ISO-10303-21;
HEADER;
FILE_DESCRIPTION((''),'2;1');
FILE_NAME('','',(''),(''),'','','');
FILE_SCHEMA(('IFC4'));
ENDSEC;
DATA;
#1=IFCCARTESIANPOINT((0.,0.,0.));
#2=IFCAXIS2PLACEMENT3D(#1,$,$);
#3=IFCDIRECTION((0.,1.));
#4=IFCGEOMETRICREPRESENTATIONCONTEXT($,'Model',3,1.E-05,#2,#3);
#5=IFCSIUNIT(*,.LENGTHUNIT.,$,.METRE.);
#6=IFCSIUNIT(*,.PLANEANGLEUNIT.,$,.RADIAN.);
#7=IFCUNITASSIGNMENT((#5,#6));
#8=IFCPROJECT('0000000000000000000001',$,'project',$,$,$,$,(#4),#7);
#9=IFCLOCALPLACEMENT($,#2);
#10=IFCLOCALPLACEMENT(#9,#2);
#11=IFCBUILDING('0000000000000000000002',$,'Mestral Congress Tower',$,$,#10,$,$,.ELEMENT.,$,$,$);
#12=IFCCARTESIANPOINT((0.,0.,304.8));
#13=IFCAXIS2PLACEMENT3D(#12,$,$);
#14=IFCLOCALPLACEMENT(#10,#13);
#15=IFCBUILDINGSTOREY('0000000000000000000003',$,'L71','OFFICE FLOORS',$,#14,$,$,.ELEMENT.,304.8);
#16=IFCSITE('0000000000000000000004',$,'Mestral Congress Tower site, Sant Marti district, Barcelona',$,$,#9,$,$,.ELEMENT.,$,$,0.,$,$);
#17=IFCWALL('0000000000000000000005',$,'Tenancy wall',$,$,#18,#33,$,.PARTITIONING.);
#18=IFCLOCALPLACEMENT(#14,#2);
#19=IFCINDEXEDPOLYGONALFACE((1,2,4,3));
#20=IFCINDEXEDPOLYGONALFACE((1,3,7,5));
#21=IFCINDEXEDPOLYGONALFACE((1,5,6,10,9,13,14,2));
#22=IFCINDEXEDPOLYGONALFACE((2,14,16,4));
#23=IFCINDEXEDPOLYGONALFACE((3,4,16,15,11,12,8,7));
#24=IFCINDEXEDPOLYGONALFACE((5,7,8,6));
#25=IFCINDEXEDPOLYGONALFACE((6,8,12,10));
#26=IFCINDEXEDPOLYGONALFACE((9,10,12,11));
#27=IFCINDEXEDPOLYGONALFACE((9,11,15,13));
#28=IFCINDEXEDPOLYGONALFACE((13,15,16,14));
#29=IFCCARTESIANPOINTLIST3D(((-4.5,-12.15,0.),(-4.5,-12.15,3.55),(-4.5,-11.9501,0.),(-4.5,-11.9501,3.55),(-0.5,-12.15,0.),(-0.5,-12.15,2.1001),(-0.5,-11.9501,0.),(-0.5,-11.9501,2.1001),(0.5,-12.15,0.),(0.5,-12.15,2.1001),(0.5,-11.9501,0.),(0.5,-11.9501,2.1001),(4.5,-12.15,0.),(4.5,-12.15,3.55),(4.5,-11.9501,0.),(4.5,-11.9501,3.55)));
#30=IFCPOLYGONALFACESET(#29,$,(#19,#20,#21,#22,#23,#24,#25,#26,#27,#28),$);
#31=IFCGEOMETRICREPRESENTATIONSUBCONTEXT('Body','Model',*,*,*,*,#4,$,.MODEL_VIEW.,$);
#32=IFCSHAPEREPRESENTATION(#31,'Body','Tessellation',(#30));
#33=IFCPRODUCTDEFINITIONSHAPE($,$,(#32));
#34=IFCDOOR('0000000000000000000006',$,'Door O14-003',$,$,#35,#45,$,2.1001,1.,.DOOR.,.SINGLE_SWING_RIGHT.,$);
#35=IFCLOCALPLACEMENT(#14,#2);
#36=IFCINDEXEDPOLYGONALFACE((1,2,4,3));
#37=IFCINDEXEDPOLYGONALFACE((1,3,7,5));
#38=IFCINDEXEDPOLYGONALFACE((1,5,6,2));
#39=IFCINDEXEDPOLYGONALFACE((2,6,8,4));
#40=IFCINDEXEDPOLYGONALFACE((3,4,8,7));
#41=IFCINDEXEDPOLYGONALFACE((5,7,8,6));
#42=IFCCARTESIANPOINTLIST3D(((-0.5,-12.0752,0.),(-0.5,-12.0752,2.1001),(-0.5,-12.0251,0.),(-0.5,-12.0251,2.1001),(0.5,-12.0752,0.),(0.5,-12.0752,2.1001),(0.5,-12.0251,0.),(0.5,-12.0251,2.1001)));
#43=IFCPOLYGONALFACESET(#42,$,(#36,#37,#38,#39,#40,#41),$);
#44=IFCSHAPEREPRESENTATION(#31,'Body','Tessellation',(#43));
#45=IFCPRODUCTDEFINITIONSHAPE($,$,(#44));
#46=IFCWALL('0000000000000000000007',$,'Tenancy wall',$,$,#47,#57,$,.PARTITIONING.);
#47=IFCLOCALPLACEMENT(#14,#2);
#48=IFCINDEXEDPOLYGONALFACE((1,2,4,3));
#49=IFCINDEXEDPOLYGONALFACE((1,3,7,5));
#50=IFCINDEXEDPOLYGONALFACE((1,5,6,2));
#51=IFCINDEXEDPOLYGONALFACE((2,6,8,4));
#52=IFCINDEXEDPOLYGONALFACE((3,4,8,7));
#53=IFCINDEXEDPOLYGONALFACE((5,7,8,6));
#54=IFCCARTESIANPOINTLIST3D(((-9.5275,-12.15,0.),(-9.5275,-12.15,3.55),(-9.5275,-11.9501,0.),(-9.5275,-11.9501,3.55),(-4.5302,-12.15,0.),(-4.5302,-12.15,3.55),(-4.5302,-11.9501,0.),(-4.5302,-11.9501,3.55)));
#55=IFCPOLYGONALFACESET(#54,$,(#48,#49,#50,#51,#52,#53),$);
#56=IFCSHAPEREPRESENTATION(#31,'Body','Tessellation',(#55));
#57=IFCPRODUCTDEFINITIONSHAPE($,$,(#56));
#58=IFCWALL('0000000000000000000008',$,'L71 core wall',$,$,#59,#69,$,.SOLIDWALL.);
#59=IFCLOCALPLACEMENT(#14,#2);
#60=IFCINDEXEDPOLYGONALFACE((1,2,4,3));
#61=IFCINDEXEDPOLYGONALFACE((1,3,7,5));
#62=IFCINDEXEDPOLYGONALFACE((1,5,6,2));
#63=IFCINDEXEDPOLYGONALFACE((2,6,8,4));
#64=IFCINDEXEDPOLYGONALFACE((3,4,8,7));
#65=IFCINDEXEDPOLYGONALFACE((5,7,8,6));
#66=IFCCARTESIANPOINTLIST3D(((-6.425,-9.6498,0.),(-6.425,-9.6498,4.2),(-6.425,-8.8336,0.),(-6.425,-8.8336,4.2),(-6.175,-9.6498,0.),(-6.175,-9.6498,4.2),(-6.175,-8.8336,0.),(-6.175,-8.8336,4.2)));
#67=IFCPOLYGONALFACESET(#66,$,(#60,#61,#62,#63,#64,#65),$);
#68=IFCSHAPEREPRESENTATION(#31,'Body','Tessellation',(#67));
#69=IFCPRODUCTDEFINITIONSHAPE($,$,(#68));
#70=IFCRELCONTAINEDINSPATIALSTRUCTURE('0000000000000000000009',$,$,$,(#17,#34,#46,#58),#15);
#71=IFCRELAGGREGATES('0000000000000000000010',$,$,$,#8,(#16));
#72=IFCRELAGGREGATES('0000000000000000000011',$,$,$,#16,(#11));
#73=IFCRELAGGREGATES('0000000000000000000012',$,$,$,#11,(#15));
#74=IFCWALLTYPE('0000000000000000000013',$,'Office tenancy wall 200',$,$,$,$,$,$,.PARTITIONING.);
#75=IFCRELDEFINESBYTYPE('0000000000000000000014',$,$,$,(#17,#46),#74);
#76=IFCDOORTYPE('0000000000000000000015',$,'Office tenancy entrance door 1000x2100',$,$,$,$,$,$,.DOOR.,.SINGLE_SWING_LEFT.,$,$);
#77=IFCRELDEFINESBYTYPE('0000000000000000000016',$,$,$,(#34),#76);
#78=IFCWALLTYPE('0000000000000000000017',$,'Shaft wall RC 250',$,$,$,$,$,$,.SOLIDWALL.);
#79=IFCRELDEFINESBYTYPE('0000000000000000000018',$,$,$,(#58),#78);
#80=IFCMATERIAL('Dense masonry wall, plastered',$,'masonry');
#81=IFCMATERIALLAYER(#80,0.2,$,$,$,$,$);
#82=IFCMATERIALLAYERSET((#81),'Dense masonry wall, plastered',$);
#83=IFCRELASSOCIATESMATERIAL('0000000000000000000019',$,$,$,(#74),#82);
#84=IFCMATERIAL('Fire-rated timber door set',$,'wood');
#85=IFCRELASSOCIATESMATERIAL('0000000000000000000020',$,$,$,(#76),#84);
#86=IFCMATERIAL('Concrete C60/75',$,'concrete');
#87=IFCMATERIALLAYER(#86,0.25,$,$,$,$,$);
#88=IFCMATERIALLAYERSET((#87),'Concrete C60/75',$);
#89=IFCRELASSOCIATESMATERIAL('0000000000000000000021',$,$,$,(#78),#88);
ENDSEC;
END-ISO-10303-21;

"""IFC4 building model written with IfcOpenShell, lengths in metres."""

from ifc_helpers import new_model, si_unit, direction, frame, frame_2d, origin, place, context, subcontext, project, spatial, rectangle, extrude, material, layer, layer_set, type_object, element, fill, save


model = new_model("IFC4")

# Units and contexts
model_context = context("Model", 3, precision=1e-05, world=origin(), true_north=direction((0.0, 1.0)))
body_context = subcontext(model_context, "Body", "Model", "MODEL_VIEW")
ifc_project = project(units=[si_unit("LENGTHUNIT", "METRE"), si_unit("PLANEANGLEUNIT", "RADIAN")], contexts=[model_context])

# Site, building, storey
site_placement = place(None, origin())
site = spatial("IfcSite", under=ifc_project, at=site_placement, Name="Mestral Congress Tower site, Sant Marti district, Barcelona", CompositionType="ELEMENT", RefElevation=0.0)
building_placement = place(site_placement, origin())
building = spatial("IfcBuilding", under=site, at=building_placement, Name="Mestral Congress Tower", CompositionType="ELEMENT")
storey_placement = place(building_placement, frame((0.0, 0.0, 304.8)))
storey = spatial("IfcBuildingStorey", under=building, at=storey_placement, Name="L71", Description="OFFICE FLOORS", CompositionType="ELEMENT", Elevation=304.8)

# Shared definitions
ifc_material_1 = material(Name="Concrete C60/75", Category="concrete")

# Shared definitions
ifc_material_2 = material(Name="Dense masonry wall, plastered", Category="masonry")
ifc_layer_1 = layer(ifc_material_2, 0.2)
ifc_layer_set_1 = layer_set([ifc_layer_1], Name="Dense masonry wall, plastered")
wall_type_1 = type_object("IfcWallType", Name="Office tenancy wall 200", PredefinedType="PARTITIONING", material=ifc_layer_set_1)

# Wall, opening, door
wall_1_placement = place(storey_placement, frame((-4.5, -12.05, 0.0), z_axis=(0.0, 0.0, 1.0), x_axis=(1.0, 0.0, 0.0)))
wall_1 = element("IfcWall", 1, at=wall_1_placement, inside=storey, type_object=wall_type_1, Name="Tenancy wall", PredefinedType="PARTITIONING", context=body_context, shape_type="SweptSolid", body=[
    extrude(rectangle(XDim=9.0, YDim=0.2, at=frame_2d((4.5, 0.0))), origin(), (0.0, 0.0, 1.0), 3.55),
])
opening_1_placement = place(wall_1_placement, frame((4.0, 0.0, 0.0)))
opening_1 = element("IfcOpeningElement", 2, at=opening_1_placement, cuts=wall_1, PredefinedType="OPENING", context=body_context, shape_type="SweptSolid", body=[
    extrude(rectangle(XDim=1.0, YDim=2.1001, at=frame_2d((0.5, 1.05))), frame((0.0, 0.1099, 0.0), z_axis=(0.0, -1.0, 0.0), x_axis=(1.0, 0.0, 0.0)), (0.0, 0.0, 1.0), 0.22),
])
ifc_material_3 = material(Name="Fire-rated timber door set", Category="wood")
door_type_1 = type_object("IfcDoorType", Name="Office tenancy entrance door 1000x2100", OperationType="SINGLE_SWING_LEFT", PredefinedType="DOOR", material=ifc_material_3)
door_1_placement = place(opening_1_placement, origin())
door_1 = element("IfcDoor", 3, at=door_1_placement, inside=storey, type_object=door_type_1, Name="Door O14-003", OperationType="SINGLE_SWING_RIGHT", OverallHeight=2.1001, OverallWidth=1.0, PredefinedType="DOOR", context=body_context, shape_type="SweptSolid", body=[
    extrude(rectangle(XDim=1.0, YDim=2.1001, at=frame_2d((0.5, 1.05))), frame((0.0, 0.0249, 0.0), z_axis=(0.0, -1.0, 0.0), x_axis=(1.0, 0.0, 0.0)), (0.0, 0.0, 1.0), 0.05),
])
fill(opening_1, door_1)

# Walls
wall_2_placement = place(storey_placement, frame((-9.5273, -12.05, 0.0), z_axis=(0.0, 0.0, 1.0), x_axis=(1.0, 0.0, 0.0)))
element("IfcWall", 4, at=wall_2_placement, inside=storey, type_object=wall_type_1, Name="Tenancy wall", PredefinedType="PARTITIONING", context=body_context, shape_type="SweptSolid", body=[
    extrude(rectangle(XDim=4.9973, YDim=0.2, at=frame_2d((2.4985, 0.0))), origin(), (0.0, 0.0, 1.0), 3.55),
])
ifc_layer_2 = layer(ifc_material_1, 0.25)
ifc_layer_set_2 = layer_set([ifc_layer_2], Name="Concrete C60/75")
wall_type_2 = type_object("IfcWallType", Name="Shaft wall RC 250", PredefinedType="SOLIDWALL", material=ifc_layer_set_2)
wall_3_placement = place(storey_placement, frame((-6.3, -9.6499, 0.0), z_axis=(0.0, 0.0, 1.0), x_axis=(0.0, 1.0, 0.0)))
element("IfcWall", 5, at=wall_3_placement, inside=storey, type_object=wall_type_2, Name="L71 core wall", PredefinedType="SOLIDWALL", context=body_context, shape_type="SweptSolid", body=[
    extrude(rectangle(XDim=0.8162, YDim=0.25, at=frame_2d((0.4082, 0.0))), origin(), (0.0, 0.0, 1.0), 4.2),
])

save(model, "model.ifc")
